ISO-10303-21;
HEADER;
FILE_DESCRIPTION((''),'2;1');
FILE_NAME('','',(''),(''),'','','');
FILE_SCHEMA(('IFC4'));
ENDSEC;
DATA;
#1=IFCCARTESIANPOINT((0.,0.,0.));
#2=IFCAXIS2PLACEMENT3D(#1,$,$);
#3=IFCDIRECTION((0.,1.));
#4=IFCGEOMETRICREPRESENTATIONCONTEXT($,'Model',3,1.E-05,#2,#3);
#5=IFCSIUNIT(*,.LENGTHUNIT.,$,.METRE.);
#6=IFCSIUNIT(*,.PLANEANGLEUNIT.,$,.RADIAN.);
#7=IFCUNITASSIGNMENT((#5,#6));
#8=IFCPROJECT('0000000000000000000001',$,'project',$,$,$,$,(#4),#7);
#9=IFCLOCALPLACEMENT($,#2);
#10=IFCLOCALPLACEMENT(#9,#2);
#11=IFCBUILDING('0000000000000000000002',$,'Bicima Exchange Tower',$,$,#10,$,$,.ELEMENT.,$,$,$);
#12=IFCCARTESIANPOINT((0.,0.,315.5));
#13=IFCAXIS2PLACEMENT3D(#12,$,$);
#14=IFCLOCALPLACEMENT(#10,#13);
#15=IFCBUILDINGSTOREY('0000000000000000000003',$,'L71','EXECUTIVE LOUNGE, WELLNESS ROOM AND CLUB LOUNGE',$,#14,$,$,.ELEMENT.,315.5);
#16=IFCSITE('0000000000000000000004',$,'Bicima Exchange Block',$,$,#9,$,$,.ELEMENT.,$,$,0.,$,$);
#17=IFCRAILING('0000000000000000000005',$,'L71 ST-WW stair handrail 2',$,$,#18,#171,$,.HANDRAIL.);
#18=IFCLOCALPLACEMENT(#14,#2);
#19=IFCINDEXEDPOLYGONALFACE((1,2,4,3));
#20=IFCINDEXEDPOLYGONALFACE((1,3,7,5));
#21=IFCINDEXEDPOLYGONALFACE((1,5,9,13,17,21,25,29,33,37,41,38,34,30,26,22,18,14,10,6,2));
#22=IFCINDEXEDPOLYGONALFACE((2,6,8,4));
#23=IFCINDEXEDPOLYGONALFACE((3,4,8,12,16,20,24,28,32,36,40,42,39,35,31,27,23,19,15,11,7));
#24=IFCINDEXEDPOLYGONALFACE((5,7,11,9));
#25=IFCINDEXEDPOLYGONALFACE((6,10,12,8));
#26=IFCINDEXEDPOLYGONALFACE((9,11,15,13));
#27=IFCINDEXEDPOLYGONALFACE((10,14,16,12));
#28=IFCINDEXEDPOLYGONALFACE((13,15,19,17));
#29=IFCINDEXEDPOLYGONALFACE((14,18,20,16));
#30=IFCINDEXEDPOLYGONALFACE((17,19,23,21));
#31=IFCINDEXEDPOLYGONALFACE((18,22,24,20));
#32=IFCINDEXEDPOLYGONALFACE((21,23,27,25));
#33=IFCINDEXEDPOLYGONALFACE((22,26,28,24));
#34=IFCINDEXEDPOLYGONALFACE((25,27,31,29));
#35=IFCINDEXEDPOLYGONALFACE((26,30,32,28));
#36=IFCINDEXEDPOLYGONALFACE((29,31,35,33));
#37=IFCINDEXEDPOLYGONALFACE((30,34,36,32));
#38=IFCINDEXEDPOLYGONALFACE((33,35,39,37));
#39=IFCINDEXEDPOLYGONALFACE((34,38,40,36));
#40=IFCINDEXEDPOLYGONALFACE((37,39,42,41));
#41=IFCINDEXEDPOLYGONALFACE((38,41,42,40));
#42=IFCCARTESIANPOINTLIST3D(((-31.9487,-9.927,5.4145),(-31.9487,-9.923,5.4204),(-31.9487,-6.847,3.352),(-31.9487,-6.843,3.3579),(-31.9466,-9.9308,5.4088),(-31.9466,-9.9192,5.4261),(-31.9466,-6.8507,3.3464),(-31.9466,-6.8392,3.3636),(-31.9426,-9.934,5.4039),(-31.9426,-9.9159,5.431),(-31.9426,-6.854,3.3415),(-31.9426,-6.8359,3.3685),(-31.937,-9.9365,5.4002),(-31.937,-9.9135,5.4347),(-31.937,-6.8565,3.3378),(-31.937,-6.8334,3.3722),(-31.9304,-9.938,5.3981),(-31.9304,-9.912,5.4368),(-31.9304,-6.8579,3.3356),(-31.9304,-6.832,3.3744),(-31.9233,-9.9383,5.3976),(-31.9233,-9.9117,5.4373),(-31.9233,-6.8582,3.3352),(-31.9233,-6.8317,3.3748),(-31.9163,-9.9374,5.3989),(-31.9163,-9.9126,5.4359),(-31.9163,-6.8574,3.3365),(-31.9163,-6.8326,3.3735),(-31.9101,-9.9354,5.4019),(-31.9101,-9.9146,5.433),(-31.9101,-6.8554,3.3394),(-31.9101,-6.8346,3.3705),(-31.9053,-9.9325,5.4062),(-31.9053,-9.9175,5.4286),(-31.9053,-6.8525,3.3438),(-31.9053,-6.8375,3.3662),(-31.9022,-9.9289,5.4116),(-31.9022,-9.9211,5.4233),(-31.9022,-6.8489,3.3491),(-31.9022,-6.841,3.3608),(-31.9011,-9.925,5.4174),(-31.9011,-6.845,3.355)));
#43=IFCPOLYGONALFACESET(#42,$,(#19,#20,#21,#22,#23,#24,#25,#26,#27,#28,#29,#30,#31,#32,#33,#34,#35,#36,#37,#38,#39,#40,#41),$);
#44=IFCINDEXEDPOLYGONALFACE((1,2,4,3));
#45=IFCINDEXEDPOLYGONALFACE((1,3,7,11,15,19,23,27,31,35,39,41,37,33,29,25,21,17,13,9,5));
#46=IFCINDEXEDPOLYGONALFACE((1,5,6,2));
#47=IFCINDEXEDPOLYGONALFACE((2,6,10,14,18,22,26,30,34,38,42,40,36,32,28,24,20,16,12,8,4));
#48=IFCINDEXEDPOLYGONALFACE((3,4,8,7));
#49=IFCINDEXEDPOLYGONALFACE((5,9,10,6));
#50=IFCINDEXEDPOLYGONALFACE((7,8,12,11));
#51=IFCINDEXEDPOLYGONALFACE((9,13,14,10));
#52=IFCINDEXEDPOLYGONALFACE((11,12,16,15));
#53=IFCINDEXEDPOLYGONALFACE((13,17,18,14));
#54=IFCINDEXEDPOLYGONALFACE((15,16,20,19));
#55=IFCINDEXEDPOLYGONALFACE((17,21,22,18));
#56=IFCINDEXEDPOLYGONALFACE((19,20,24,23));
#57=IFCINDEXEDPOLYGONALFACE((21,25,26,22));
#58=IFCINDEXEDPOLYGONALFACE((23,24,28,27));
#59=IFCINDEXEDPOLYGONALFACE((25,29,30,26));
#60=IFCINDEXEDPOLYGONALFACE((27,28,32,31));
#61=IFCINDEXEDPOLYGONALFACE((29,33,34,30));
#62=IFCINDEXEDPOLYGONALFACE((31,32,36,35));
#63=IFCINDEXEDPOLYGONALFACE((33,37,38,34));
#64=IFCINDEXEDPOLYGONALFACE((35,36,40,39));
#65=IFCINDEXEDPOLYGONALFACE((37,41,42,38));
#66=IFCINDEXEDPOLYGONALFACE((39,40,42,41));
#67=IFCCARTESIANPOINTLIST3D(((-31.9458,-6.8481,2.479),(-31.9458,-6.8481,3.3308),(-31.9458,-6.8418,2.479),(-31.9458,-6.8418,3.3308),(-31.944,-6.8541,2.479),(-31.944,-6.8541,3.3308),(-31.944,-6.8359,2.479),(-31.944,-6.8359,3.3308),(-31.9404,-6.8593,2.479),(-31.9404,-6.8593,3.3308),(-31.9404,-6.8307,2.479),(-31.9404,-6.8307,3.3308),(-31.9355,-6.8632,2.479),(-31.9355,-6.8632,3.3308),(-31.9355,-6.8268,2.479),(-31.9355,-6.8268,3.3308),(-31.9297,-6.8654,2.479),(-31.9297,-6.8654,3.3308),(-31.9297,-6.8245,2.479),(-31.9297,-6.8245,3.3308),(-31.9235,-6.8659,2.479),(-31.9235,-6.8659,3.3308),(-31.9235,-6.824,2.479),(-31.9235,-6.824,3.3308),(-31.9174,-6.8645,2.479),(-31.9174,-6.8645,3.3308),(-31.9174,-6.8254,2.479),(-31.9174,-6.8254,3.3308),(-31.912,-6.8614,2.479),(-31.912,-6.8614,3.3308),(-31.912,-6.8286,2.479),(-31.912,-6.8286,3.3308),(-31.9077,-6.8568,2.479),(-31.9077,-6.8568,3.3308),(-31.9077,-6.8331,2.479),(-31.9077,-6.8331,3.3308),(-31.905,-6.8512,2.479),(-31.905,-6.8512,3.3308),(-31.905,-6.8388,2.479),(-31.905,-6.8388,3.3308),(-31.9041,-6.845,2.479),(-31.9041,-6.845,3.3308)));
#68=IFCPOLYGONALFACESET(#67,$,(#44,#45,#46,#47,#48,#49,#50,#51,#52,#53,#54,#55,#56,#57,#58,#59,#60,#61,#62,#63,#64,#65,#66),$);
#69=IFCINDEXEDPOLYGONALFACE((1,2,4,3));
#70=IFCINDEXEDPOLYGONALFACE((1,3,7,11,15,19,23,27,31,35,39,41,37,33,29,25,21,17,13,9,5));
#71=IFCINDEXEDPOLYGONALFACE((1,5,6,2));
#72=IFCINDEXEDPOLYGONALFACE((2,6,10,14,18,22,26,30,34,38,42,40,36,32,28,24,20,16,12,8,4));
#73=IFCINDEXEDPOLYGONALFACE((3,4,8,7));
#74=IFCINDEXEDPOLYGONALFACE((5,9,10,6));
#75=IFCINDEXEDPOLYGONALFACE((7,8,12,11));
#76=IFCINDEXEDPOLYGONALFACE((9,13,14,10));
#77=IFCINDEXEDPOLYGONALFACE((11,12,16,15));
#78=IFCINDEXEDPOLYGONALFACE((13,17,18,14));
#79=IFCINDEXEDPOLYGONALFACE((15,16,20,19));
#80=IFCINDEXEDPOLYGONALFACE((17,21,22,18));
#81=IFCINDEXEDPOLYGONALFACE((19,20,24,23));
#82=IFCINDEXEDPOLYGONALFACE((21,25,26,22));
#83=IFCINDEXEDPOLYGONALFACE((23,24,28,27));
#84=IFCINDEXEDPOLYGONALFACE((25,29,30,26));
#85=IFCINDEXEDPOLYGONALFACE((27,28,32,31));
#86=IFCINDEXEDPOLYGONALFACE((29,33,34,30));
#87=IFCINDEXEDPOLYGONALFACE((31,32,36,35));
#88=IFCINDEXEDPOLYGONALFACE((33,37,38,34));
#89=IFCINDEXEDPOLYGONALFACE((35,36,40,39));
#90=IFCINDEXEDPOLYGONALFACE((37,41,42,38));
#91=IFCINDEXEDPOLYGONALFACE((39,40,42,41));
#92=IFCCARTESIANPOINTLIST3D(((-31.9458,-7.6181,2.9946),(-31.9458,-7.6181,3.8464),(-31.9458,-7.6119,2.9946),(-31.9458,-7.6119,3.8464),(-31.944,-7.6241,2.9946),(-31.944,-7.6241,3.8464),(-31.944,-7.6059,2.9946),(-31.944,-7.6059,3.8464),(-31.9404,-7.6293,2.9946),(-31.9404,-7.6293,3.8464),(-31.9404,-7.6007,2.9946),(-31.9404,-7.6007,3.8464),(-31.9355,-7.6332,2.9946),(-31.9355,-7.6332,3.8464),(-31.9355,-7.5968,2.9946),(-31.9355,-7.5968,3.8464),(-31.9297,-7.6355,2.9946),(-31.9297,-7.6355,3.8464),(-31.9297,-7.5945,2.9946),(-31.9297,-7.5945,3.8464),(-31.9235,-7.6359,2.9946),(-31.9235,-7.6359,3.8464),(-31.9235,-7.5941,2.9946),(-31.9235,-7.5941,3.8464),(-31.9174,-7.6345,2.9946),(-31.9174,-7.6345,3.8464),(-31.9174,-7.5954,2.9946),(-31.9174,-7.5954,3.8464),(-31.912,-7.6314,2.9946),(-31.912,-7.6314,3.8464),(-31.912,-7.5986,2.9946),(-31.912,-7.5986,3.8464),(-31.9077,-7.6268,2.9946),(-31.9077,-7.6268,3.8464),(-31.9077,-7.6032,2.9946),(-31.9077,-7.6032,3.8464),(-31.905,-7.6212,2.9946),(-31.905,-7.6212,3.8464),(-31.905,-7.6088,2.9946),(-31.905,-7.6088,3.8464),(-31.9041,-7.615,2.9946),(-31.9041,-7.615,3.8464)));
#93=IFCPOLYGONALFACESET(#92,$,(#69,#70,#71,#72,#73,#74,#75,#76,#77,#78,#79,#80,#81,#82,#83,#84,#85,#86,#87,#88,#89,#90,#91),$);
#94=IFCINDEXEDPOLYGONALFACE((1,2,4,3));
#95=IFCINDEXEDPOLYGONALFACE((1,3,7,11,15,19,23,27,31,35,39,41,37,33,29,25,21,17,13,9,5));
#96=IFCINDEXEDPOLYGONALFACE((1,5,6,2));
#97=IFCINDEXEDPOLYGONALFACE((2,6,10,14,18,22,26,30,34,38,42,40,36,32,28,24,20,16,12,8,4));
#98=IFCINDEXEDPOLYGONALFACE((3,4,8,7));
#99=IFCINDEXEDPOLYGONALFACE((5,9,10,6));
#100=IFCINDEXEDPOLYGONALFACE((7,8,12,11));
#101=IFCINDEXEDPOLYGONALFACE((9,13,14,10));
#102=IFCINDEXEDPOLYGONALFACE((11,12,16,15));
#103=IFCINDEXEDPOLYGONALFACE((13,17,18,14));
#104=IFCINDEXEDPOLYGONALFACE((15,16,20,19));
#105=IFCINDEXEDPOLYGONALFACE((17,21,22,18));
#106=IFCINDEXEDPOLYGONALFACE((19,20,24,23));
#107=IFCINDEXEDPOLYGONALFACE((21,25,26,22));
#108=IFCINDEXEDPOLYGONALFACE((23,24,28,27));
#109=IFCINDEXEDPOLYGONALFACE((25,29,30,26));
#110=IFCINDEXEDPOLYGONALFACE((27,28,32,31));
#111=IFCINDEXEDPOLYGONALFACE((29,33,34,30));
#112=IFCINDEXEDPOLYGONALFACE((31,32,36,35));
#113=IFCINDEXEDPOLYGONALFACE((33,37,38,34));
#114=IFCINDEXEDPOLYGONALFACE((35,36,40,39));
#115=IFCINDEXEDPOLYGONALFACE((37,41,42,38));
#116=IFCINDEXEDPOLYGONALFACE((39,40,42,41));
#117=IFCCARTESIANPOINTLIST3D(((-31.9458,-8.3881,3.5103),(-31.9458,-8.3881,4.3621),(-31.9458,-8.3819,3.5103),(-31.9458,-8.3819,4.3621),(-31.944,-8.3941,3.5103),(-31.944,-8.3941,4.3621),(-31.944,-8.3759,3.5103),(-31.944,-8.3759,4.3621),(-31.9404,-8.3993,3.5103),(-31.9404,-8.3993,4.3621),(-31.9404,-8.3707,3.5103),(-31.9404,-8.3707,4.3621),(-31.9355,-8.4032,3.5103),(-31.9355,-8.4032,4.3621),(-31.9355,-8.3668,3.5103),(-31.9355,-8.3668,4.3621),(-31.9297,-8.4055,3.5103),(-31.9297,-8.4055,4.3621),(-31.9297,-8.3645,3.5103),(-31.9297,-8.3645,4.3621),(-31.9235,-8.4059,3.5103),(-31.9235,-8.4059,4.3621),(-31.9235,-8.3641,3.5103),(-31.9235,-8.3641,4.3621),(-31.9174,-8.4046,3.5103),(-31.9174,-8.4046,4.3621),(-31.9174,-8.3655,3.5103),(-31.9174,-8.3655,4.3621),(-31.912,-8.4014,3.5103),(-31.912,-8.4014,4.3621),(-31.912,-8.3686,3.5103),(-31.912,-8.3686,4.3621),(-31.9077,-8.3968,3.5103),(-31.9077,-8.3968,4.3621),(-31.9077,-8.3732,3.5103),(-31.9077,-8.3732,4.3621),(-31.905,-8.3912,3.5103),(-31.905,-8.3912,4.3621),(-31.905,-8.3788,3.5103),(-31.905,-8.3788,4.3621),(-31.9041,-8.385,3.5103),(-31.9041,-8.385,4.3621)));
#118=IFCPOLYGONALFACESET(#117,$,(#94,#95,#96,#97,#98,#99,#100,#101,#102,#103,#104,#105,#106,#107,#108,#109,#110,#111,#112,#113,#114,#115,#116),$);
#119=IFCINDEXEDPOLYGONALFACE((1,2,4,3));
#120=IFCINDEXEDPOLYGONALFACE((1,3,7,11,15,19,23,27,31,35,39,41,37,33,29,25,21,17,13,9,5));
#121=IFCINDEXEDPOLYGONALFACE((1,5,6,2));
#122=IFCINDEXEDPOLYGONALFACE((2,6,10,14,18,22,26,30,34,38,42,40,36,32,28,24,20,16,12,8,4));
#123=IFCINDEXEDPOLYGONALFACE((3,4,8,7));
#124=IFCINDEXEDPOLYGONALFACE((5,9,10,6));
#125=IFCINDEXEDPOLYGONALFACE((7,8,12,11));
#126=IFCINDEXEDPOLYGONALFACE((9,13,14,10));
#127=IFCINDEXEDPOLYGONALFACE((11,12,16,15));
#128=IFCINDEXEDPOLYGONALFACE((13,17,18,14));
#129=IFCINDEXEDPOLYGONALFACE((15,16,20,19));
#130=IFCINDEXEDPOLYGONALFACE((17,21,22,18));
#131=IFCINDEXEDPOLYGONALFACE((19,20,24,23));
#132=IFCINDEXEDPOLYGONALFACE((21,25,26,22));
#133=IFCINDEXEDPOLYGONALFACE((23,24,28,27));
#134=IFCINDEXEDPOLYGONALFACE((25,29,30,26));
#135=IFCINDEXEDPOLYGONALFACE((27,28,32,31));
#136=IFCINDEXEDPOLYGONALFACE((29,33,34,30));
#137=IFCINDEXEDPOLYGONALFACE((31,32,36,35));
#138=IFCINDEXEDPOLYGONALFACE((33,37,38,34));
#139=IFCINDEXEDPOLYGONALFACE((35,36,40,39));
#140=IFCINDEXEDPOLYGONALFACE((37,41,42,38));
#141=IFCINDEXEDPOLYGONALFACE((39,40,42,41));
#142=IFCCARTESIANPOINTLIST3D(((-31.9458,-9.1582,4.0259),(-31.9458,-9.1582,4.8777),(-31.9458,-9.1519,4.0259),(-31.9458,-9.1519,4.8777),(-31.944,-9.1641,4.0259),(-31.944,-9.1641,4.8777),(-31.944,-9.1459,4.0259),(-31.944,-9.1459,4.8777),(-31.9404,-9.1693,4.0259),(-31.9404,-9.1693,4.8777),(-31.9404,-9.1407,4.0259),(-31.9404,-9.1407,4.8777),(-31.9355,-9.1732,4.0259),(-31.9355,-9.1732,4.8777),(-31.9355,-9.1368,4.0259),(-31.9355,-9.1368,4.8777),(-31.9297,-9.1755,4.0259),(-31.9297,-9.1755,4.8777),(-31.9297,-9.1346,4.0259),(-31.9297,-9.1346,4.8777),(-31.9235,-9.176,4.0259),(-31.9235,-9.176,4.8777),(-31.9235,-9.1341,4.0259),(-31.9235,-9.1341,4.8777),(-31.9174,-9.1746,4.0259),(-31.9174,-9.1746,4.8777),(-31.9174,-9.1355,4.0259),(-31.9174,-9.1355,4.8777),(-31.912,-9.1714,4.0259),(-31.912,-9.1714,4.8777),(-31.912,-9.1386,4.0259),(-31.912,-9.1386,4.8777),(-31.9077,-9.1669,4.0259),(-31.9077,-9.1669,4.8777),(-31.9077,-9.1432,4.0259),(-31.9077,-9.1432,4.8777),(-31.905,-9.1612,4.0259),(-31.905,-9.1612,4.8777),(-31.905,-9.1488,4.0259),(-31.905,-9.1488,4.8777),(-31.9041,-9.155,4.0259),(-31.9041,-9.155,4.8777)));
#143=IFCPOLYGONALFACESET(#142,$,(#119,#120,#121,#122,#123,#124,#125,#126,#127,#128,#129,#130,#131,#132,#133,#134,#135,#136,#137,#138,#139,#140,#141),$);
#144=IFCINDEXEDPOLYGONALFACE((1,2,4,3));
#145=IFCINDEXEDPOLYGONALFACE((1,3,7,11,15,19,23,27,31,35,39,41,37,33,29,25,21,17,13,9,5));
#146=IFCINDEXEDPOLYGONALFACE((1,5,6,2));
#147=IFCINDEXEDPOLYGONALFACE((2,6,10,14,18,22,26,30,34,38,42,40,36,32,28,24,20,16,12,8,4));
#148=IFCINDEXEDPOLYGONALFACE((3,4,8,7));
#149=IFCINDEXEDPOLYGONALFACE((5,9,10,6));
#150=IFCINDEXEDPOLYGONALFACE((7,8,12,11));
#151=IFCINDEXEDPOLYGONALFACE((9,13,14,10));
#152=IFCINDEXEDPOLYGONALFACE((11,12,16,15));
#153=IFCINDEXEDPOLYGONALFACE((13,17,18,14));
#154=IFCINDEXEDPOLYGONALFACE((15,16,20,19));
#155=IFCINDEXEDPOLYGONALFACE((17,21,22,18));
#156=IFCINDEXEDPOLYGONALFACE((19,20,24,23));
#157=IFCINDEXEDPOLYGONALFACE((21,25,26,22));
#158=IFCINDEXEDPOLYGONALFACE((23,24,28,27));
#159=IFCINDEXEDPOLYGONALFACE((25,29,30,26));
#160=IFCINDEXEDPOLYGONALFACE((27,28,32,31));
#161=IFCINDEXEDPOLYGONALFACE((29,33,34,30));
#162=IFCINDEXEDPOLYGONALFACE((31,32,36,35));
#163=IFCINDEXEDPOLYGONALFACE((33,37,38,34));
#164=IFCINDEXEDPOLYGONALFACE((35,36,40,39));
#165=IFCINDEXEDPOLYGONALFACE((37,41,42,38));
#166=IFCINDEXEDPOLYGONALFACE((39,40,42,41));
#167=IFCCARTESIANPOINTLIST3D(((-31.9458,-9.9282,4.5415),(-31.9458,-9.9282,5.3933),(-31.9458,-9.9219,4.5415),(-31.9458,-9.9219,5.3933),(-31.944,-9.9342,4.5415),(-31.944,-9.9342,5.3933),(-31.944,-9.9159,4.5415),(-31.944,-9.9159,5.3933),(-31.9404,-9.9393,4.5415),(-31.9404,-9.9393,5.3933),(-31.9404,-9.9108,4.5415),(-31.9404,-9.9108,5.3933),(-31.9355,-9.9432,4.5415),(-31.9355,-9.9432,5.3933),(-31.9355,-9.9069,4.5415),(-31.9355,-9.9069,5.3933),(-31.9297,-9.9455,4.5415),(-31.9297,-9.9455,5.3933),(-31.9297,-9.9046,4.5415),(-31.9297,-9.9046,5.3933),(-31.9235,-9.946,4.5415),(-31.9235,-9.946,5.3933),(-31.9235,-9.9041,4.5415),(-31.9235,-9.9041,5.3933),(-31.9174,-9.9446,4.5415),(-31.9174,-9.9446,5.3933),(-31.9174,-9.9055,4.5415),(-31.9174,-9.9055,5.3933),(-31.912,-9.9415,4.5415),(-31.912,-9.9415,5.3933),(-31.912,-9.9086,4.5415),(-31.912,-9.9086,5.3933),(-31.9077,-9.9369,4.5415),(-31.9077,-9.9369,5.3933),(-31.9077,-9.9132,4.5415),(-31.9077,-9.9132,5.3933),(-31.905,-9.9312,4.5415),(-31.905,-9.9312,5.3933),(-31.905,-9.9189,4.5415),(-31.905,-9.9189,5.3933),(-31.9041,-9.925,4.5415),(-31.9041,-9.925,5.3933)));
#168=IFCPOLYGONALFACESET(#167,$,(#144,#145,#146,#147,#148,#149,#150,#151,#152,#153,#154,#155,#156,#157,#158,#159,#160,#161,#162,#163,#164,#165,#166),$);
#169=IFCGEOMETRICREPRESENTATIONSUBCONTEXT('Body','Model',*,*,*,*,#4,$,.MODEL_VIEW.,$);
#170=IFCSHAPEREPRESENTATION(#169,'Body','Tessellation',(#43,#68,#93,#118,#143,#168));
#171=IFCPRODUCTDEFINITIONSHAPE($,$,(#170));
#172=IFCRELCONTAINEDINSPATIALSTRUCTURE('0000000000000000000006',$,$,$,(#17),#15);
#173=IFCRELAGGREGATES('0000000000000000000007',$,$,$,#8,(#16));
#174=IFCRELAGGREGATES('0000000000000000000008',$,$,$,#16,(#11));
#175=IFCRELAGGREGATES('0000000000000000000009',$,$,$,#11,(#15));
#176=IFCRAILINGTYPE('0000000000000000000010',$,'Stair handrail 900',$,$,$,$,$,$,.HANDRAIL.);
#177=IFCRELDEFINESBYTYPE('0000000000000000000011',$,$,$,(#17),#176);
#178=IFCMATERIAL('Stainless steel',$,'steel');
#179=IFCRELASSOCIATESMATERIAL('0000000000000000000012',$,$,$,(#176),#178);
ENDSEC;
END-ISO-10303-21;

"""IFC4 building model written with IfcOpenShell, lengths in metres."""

from ifc_helpers import new_model, si_unit, direction, frame, origin, origin_2d, place, context, subcontext, project, spatial, circle, extrude, material, type_object, element, save


model = new_model("IFC4")

# Units and contexts
model_context = context("Model", 3, precision=1e-05, world=origin(), true_north=direction((0.0, 1.0)))
body_context = subcontext(model_context, "Body", "Model", "MODEL_VIEW")
ifc_project = project(units=[si_unit("LENGTHUNIT", "METRE"), si_unit("PLANEANGLEUNIT", "RADIAN")], contexts=[model_context])

# Site, building, storey
site_placement = place(None, origin())
site = spatial("IfcSite", under=ifc_project, at=site_placement, Name="Bicima Exchange Block", CompositionType="ELEMENT", RefElevation=0.0)
building_placement = place(site_placement, origin())
building = spatial("IfcBuilding", under=site, at=building_placement, Name="Bicima Exchange Tower", CompositionType="ELEMENT")
storey_placement = place(building_placement, frame((0.0, 0.0, 315.5)))
storey = spatial("IfcBuildingStorey", under=building, at=storey_placement, Name="L71", Description="EXECUTIVE LOUNGE, WELLNESS ROOM AND CLUB LOUNGE", CompositionType="ELEMENT", Elevation=315.5)

# Railing
ifc_material_1 = material(Name="Stainless steel", Category="steel")
railing_type_1 = type_object("IfcRailingType", Name="Stair handrail 900", PredefinedType="HANDRAIL", material=ifc_material_1)
railing_1_placement = place(storey_placement, frame((-31.925, -6.845, 2.479)))
element("IfcRailing", 1, at=railing_1_placement, inside=storey, type_object=railing_type_1, Name="L71 ST-WW stair handrail 2", PredefinedType="HANDRAIL", context=body_context, shape_type="SweptSolid", body=[
    extrude(circle(Radius=0.0239, at=origin_2d()), frame((0.0, 0.0, 0.876), z_axis=(0.0, -0.830914, 0.556401), x_axis=(1.0, 0.0, 0.0)), (0.0, 0.0, 1.0), 3.7068),
    extrude(circle(Radius=0.021, at=origin_2d()), origin(), (0.0, 0.0, 1.0), 0.8518),
    extrude(circle(Radius=0.021, at=origin_2d()), frame((0.0, -0.77, 0.5156)), (0.0, 0.0, 1.0), 0.8518),
    extrude(circle(Radius=0.021, at=origin_2d()), frame((0.0, -1.54, 1.0312)), (0.0, 0.0, 1.0), 0.8518),
    extrude(circle(Radius=0.021, at=origin_2d()), frame((0.0, -2.3101, 1.5469)), (0.0, 0.0, 1.0), 0.8518),
    extrude(circle(Radius=0.021, at=origin_2d()), frame((0.0, -3.0801, 2.0625)), (0.0, 0.0, 1.0), 0.8518),
])

save(model, "model.ifc")
